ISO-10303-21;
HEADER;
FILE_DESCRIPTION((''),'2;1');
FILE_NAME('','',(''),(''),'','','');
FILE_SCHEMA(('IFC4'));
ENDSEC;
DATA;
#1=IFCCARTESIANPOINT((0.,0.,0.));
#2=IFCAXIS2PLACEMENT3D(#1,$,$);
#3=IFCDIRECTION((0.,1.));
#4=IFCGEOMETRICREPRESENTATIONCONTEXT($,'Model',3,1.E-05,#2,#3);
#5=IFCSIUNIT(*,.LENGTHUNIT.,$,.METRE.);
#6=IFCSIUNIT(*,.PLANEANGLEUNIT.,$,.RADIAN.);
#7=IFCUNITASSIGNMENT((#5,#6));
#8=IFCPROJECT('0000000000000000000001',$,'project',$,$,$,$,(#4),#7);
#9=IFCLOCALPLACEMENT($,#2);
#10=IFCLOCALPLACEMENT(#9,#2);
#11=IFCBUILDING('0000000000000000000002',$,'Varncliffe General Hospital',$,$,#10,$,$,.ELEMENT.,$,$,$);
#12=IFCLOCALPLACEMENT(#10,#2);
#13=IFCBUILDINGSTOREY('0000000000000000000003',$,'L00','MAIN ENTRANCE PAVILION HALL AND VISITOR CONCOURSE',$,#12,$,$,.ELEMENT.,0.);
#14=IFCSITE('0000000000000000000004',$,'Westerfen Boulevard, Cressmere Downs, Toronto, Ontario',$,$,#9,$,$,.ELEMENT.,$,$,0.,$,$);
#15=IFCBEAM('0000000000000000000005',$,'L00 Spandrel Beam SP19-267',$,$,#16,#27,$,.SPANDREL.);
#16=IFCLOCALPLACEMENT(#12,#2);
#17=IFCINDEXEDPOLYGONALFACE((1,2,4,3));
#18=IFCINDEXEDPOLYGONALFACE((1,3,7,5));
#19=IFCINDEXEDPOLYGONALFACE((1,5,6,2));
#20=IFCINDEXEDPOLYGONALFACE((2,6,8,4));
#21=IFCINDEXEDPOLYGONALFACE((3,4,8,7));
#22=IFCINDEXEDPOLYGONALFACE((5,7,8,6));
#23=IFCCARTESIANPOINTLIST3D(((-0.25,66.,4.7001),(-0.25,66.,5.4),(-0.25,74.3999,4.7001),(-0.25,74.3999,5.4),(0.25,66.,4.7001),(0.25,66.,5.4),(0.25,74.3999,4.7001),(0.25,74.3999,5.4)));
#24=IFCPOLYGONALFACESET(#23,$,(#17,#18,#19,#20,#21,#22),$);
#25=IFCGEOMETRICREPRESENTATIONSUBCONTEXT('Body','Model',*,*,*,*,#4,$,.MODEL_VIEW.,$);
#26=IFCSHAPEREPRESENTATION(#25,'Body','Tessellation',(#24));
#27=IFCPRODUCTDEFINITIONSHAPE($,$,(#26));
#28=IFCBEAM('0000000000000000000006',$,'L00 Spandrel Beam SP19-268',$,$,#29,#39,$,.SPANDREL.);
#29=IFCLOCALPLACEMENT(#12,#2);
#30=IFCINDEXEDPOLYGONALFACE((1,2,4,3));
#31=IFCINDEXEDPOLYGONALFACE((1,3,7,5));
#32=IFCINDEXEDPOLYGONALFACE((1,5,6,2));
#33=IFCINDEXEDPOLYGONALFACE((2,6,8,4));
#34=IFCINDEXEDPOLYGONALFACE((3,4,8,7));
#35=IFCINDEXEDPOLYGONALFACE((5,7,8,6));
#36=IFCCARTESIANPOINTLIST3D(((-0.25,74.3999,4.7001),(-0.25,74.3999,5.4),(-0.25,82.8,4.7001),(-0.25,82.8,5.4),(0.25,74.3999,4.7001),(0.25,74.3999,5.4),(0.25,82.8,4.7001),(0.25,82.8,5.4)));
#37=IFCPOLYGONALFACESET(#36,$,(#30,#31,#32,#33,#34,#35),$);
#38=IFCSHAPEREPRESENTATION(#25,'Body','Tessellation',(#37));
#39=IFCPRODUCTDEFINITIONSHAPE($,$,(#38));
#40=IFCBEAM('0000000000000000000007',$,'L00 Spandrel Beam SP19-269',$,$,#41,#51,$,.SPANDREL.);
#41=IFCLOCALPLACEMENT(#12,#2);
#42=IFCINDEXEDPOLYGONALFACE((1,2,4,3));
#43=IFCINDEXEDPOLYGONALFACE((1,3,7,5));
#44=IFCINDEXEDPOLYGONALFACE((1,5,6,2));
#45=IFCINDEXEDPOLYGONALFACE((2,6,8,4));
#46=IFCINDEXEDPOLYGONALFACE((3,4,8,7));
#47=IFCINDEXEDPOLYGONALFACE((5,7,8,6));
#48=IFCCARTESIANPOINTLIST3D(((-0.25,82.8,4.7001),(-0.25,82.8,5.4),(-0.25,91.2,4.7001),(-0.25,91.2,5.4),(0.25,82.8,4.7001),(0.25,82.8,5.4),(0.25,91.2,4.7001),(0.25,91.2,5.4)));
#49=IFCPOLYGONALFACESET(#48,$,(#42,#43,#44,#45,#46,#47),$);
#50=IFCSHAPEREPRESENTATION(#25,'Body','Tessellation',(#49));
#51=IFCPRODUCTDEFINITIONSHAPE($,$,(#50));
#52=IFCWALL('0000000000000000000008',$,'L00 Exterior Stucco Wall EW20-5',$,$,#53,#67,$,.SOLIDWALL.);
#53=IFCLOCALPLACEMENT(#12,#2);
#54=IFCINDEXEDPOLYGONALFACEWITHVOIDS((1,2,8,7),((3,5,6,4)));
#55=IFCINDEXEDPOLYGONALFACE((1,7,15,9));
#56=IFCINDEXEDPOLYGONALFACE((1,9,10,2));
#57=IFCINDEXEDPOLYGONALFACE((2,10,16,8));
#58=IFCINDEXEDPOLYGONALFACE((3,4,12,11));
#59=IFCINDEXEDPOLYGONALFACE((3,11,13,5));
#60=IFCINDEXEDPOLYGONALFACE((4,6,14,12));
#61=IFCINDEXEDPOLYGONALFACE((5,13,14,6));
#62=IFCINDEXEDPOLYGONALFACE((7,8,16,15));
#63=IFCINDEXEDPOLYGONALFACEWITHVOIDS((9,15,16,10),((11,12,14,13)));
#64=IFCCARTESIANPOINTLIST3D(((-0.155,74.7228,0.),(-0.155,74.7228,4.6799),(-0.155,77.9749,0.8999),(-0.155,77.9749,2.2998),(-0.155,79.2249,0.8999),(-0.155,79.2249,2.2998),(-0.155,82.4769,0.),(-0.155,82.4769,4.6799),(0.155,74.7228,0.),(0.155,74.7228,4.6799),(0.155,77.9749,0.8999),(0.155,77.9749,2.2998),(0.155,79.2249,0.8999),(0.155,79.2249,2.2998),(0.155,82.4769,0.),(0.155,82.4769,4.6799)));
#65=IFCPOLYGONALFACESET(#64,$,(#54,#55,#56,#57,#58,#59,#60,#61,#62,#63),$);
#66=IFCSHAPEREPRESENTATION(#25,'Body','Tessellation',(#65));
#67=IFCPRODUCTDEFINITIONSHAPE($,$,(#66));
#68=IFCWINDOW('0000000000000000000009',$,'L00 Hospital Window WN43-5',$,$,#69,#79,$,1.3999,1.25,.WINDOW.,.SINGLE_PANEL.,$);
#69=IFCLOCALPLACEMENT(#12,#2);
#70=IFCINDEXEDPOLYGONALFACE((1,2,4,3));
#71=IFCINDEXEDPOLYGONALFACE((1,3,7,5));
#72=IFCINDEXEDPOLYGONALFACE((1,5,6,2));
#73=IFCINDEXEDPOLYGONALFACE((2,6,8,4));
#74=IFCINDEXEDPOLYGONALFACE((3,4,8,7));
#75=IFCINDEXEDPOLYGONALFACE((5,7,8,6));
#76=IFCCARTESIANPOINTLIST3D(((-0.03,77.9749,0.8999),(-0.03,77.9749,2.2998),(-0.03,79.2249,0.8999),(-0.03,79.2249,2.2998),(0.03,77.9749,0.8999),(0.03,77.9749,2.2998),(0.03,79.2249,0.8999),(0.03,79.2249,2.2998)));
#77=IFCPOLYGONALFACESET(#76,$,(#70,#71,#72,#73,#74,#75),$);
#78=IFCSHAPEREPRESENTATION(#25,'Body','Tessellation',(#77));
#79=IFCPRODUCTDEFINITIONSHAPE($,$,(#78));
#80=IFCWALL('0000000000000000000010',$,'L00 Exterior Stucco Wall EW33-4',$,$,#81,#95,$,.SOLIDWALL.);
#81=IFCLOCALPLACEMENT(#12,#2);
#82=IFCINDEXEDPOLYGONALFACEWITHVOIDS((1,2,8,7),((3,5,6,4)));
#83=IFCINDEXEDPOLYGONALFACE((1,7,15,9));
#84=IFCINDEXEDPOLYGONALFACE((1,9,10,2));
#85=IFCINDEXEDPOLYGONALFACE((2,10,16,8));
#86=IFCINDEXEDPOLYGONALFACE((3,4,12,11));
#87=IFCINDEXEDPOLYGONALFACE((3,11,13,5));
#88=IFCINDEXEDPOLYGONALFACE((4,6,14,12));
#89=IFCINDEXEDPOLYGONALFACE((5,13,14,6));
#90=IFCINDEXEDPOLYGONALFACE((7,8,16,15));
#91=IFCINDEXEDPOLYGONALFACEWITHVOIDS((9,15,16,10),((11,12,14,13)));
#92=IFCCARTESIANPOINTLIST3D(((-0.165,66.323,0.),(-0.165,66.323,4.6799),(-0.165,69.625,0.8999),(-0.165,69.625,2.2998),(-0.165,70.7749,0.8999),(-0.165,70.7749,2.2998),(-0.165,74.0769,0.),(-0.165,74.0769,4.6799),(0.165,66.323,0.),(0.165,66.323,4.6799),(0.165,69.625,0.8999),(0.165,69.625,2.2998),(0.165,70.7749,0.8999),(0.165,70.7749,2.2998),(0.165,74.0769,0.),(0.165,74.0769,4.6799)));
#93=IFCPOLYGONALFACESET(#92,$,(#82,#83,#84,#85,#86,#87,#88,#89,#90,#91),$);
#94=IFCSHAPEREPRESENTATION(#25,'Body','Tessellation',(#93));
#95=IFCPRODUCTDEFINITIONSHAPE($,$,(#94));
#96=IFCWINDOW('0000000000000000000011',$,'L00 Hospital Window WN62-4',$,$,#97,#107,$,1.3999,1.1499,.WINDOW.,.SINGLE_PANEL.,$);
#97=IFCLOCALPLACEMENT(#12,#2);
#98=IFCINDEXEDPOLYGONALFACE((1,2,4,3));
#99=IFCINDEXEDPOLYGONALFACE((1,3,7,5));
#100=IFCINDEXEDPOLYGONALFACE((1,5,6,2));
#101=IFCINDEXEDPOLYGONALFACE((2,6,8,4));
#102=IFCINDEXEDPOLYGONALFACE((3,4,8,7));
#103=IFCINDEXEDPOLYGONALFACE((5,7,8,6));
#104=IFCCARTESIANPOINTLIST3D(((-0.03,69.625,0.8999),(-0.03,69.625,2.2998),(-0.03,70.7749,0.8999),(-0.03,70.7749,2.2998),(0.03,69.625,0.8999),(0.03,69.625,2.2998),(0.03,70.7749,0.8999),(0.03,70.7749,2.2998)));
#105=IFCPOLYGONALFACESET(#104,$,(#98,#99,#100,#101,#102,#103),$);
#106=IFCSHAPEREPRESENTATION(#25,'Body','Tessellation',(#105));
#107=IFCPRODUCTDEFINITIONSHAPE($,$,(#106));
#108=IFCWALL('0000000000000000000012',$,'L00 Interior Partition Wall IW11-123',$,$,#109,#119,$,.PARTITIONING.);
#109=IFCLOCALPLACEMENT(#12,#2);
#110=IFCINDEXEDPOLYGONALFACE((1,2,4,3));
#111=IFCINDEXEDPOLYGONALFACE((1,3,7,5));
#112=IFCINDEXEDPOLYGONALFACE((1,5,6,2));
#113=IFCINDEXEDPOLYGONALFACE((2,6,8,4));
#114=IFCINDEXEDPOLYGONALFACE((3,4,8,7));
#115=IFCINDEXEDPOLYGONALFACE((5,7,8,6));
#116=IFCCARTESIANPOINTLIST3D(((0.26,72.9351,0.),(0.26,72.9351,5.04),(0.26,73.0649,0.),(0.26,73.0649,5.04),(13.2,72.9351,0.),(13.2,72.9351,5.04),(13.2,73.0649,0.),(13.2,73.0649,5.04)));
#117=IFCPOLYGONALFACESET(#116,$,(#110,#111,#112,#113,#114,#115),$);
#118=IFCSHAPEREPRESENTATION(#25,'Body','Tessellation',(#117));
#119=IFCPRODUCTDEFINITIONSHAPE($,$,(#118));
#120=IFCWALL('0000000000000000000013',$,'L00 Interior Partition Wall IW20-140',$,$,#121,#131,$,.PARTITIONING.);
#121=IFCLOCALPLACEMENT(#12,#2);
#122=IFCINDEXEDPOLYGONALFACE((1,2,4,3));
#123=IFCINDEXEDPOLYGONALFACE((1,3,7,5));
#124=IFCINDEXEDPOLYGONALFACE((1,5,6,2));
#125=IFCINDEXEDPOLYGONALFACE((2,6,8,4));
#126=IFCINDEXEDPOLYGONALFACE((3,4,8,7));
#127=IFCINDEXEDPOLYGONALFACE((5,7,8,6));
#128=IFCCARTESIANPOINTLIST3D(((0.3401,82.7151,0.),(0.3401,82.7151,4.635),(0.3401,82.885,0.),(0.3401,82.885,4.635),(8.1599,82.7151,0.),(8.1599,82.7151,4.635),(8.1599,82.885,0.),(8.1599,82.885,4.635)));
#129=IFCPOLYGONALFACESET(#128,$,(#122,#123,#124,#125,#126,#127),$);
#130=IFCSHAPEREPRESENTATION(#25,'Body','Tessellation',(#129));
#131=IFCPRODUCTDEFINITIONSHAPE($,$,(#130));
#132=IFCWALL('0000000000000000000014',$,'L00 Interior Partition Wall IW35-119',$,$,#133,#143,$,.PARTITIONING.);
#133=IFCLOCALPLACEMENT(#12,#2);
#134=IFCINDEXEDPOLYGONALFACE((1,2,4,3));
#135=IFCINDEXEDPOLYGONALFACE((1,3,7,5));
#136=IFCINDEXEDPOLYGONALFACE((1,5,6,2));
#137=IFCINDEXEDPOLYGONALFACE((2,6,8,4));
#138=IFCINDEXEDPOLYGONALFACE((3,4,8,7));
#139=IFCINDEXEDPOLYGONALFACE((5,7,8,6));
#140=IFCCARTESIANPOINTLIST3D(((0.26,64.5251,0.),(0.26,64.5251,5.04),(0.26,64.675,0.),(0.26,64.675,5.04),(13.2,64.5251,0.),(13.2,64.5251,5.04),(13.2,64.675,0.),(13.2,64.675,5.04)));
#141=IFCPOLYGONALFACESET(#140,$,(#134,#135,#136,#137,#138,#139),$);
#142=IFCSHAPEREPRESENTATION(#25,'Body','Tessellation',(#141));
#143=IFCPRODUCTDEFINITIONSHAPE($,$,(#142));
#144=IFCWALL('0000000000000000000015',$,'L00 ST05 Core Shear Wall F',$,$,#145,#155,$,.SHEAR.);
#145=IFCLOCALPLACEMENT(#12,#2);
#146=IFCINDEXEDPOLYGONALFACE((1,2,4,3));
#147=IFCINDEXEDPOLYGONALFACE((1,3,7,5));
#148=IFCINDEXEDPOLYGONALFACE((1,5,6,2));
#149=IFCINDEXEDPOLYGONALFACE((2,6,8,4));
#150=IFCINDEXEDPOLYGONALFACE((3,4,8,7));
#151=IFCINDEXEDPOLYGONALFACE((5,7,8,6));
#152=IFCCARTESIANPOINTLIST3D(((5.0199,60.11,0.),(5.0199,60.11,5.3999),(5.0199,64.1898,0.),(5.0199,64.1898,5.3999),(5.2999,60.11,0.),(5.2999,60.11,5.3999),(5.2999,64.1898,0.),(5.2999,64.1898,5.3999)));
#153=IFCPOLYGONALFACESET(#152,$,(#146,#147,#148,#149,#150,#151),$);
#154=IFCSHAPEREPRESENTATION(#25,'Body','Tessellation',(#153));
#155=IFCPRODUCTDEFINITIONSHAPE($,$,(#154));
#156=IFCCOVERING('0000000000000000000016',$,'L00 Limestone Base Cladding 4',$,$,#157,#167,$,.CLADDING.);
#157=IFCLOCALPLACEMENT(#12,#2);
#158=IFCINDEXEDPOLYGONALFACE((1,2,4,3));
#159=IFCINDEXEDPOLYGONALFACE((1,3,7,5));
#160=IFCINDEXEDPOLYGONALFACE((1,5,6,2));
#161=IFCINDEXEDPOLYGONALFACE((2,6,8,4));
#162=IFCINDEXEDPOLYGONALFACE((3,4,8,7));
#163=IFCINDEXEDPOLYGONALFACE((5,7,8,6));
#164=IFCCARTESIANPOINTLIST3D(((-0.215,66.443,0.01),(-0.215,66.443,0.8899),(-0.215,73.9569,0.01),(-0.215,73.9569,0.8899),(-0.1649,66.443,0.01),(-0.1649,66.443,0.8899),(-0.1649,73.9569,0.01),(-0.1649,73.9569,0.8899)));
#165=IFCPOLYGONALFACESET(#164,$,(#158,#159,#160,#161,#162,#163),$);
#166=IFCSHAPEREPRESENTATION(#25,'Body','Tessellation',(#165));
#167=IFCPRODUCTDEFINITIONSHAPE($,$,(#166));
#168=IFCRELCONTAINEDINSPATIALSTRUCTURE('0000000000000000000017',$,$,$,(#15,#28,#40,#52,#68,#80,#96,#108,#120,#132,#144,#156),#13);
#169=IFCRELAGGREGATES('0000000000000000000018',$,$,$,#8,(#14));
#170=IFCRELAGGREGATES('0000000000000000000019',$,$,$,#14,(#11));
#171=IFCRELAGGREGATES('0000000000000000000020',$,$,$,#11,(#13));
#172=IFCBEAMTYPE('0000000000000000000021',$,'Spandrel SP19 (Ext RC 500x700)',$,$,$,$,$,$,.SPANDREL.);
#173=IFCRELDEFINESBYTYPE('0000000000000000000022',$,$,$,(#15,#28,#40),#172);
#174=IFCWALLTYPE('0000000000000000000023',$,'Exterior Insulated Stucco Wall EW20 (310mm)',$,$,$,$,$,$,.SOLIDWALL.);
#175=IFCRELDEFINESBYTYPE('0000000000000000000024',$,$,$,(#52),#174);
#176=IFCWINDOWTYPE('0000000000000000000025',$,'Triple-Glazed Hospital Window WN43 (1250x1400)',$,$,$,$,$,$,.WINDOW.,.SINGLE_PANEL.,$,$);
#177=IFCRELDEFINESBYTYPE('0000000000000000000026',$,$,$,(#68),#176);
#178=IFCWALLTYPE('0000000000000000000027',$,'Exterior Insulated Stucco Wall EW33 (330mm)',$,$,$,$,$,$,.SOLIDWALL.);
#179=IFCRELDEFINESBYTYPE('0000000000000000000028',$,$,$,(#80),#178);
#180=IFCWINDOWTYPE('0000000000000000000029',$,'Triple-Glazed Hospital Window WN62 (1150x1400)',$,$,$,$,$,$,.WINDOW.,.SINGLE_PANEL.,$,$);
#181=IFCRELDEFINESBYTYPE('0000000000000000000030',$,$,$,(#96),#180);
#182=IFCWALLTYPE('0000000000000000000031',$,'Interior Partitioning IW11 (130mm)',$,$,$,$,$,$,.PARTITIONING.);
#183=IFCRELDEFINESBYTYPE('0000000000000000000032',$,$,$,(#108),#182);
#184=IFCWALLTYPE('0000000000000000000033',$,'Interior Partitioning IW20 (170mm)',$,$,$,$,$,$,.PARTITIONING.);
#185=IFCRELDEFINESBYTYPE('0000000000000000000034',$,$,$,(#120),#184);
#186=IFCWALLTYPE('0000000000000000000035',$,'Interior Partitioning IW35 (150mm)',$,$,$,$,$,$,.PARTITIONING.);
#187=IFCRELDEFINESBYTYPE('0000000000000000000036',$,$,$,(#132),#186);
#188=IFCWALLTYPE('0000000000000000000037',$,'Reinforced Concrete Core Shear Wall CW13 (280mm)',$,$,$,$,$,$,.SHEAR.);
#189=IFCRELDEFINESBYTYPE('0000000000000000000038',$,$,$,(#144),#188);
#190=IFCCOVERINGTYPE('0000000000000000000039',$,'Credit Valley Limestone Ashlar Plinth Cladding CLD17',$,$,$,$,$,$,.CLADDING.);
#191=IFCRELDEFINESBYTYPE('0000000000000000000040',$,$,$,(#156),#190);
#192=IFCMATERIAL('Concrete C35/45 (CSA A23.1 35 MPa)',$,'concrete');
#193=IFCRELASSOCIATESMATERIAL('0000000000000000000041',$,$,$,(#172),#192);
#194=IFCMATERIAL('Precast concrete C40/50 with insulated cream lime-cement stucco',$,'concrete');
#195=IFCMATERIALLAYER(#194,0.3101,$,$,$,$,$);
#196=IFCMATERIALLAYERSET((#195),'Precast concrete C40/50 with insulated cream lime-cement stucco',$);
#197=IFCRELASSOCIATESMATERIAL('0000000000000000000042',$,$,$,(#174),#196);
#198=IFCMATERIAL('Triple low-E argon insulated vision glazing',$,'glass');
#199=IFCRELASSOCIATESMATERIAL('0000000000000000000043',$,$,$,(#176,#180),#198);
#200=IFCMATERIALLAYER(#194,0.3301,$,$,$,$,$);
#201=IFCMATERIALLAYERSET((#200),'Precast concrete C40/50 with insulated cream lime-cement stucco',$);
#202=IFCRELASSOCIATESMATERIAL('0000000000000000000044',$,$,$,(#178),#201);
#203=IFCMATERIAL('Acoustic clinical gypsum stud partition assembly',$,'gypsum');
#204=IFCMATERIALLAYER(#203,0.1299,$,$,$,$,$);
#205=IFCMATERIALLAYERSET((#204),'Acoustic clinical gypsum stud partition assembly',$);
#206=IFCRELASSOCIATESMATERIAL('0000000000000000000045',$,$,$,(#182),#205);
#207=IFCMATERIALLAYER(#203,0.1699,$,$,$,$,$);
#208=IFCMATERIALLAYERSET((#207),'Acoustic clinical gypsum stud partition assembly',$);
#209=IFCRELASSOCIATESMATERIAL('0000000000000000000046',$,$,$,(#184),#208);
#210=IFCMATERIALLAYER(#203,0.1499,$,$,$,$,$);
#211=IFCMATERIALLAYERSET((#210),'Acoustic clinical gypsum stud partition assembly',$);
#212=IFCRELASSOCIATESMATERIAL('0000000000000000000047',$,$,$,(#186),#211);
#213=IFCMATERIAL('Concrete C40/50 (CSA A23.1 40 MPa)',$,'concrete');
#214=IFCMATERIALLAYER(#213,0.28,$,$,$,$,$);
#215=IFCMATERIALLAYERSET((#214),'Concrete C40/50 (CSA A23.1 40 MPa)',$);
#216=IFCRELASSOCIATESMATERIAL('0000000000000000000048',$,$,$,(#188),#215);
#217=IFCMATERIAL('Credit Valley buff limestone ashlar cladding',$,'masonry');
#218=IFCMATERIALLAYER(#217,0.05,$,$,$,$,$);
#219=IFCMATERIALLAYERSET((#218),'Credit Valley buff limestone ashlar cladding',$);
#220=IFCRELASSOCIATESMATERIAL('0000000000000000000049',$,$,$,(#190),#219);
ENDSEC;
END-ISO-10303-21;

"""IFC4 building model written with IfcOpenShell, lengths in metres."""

from ifc_helpers import new_model, si_unit, direction, frame, frame_2d, origin, origin_2d, place, context, subcontext, project, spatial, rectangle, extrude, material, layer, layer_set, material_profile, profile_set, type_object, element, fill, save


model = new_model("IFC4")

# Units and contexts
model_context = context("Model", 3, precision=1e-05, world=origin(), true_north=direction((0.0, 1.0)))
body_context = subcontext(model_context, "Body", "Model", "MODEL_VIEW")
ifc_project = project(units=[si_unit("LENGTHUNIT", "METRE"), si_unit("PLANEANGLEUNIT", "RADIAN")], contexts=[model_context])

# Site, building, storey
site_placement = place(None, origin())
site = spatial("IfcSite", under=ifc_project, at=site_placement, Name="Westerfen Boulevard, Cressmere Downs, Toronto, Ontario", CompositionType="ELEMENT", RefElevation=0.0)
building_placement = place(site_placement, origin())
building = spatial("IfcBuilding", under=site, at=building_placement, Name="Varncliffe General Hospital", CompositionType="ELEMENT")
storey_placement = place(building_placement, origin())
storey = spatial("IfcBuildingStorey", under=building, at=storey_placement, Name="L00", Description="MAIN ENTRANCE PAVILION HALL AND VISITOR CONCOURSE", CompositionType="ELEMENT", Elevation=0.0)

# Shared definitions
ifc_material_1 = material(Name="Concrete C40/50 (CSA A23.1 40 MPa)", Category="concrete")

# Beams
ifc_material_2 = material(Name="Concrete C35/45 (CSA A23.1 35 MPa)", Category="concrete")
ifc_material_profile_1 = material_profile(ifc_material_2, rectangle(XDim=0.5, YDim=0.7, at=origin_2d()), Name="RC 500x700")
ifc_profile_set_1 = profile_set([ifc_material_profile_1], Name="Concrete C35/45 (CSA A23.1 35 MPa)")
beam_type_1 = type_object("IfcBeamType", Name="Spandrel SP19 (Ext RC 500x700)", PredefinedType="SPANDREL", material=ifc_profile_set_1)
beam_1_placement = place(storey_placement, frame((0.0, 66.0, 5.05), z_axis=(0.0, 1.0, 0.0), x_axis=(-1.0, 0.0, 0.0)))
element("IfcBeam", 1, at=beam_1_placement, inside=storey, type_object=beam_type_1, Name="L00 Spandrel Beam SP19-267", PredefinedType="SPANDREL", context=body_context, shape_type="SweptSolid", body=[
    extrude(rectangle(XDim=0.5, YDim=0.7, at=origin_2d()), origin(), (0.0, 0.0, 1.0), 8.3999),
])
beam_2_placement = place(storey_placement, frame((0.0, 74.3999, 5.05), z_axis=(0.0, 1.0, 0.0), x_axis=(-1.0, 0.0, 0.0)))
element("IfcBeam", 2, at=beam_2_placement, inside=storey, type_object=beam_type_1, Name="L00 Spandrel Beam SP19-268", PredefinedType="SPANDREL", context=body_context, shape_type="SweptSolid", body=[
    extrude(rectangle(XDim=0.5, YDim=0.7, at=origin_2d()), origin(), (0.0, 0.0, 1.0), 8.4001),
])
beam_3_placement = place(storey_placement, frame((0.0, 82.8, 5.05), z_axis=(0.0, 1.0, 0.0), x_axis=(-1.0, 0.0, 0.0)))
element("IfcBeam", 3, at=beam_3_placement, inside=storey, type_object=beam_type_1, Name="L00 Spandrel Beam SP19-269", PredefinedType="SPANDREL", context=body_context, shape_type="SweptSolid", body=[
    extrude(rectangle(XDim=0.5, YDim=0.7, at=origin_2d()), origin(), (0.0, 0.0, 1.0), 8.3999),
])

# Walls, openings, windows
ifc_material_3 = material(Name="Precast concrete C40/50 with insulated cream lime-cement stucco", Category="concrete")
ifc_layer_1 = layer(ifc_material_3, 0.3101)
ifc_layer_set_1 = layer_set([ifc_layer_1], Name="Precast concrete C40/50 with insulated cream lime-cement stucco")
wall_type_1 = type_object("IfcWallType", Name="Exterior Insulated Stucco Wall EW20 (310mm)", PredefinedType="SOLIDWALL", material=ifc_layer_set_1)
wall_1_placement = place(storey_placement, frame((0.0, 74.7229, 0.0), z_axis=(0.0, 0.0, 1.0), x_axis=(0.0, 1.0, 0.0)))
wall_1 = element("IfcWall", 4, at=wall_1_placement, inside=storey, type_object=wall_type_1, Name="L00 Exterior Stucco Wall EW20-5", PredefinedType="SOLIDWALL", context=body_context, shape_type="SweptSolid", body=[
    extrude(rectangle(XDim=7.7542, YDim=0.3101, at=frame_2d((3.877, 0.0))), origin(), (0.0, 0.0, 1.0), 4.6799),
])
opening_1_placement = place(wall_1_placement, frame((3.252, 0.0, 0.8999)))
opening_1 = element("IfcOpeningElement", 5, at=opening_1_placement, cuts=wall_1, PredefinedType="OPENING", context=body_context, shape_type="SweptSolid", body=[
    extrude(rectangle(XDim=1.25, YDim=1.3999, at=frame_2d((0.625, 0.7))), frame((0.0, 0.165, 0.0), z_axis=(0.0, -1.0, 0.0), x_axis=(1.0, 0.0, 0.0)), (0.0, 0.0, 1.0), 0.3301),
])
ifc_material_4 = material(Name="Triple low-E argon insulated vision glazing", Category="glass")
window_type_1 = type_object("IfcWindowType", Name="Triple-Glazed Hospital Window WN43 (1250x1400)", PartitioningType="SINGLE_PANEL", PredefinedType="WINDOW", material=ifc_material_4)
window_1_placement = place(opening_1_placement, origin())
window_1 = element("IfcWindow", 6, at=window_1_placement, inside=storey, type_object=window_type_1, Name="L00 Hospital Window WN43-5", OverallHeight=1.3999, OverallWidth=1.25, PartitioningType="SINGLE_PANEL", PredefinedType="WINDOW", context=body_context, shape_type="SweptSolid", body=[
    extrude(rectangle(XDim=1.25, YDim=1.3999, at=frame_2d((0.625, 0.7))), frame((0.0, 0.03, 0.0), z_axis=(0.0, -1.0, 0.0), x_axis=(1.0, 0.0, 0.0)), (0.0, 0.0, 1.0), 0.0601),
])
fill(opening_1, window_1)
ifc_layer_2 = layer(ifc_material_3, 0.3301)
ifc_layer_set_2 = layer_set([ifc_layer_2], Name="Precast concrete C40/50 with insulated cream lime-cement stucco")
wall_type_2 = type_object("IfcWallType", Name="Exterior Insulated Stucco Wall EW33 (330mm)", PredefinedType="SOLIDWALL", material=ifc_layer_set_2)
wall_2_placement = place(storey_placement, frame((0.0, 66.323, 0.0), z_axis=(0.0, 0.0, 1.0), x_axis=(0.0, 1.0, 0.0)))
wall_2 = element("IfcWall", 7, at=wall_2_placement, inside=storey, type_object=wall_type_2, Name="L00 Exterior Stucco Wall EW33-4", PredefinedType="SOLIDWALL", context=body_context, shape_type="SweptSolid", body=[
    extrude(rectangle(XDim=7.7539, YDim=0.3301, at=frame_2d((3.877, 0.0))), origin(), (0.0, 0.0, 1.0), 4.6799),
])
opening_2_placement = place(wall_2_placement, frame((3.302, 0.0, 0.8999)))
opening_2 = element("IfcOpeningElement", 8, at=opening_2_placement, cuts=wall_2, PredefinedType="OPENING", context=body_context, shape_type="SweptSolid", body=[
    extrude(rectangle(XDim=1.1499, YDim=1.3999, at=frame_2d((0.575, 0.7))), frame((0.0, 0.175, 0.0), z_axis=(0.0, -1.0, 0.0), x_axis=(1.0, 0.0, 0.0)), (0.0, 0.0, 1.0), 0.3501),
])
window_type_2 = type_object("IfcWindowType", Name="Triple-Glazed Hospital Window WN62 (1150x1400)", PartitioningType="SINGLE_PANEL", PredefinedType="WINDOW", material=ifc_material_4)
window_2_placement = place(opening_2_placement, origin())
window_2 = element("IfcWindow", 9, at=window_2_placement, inside=storey, type_object=window_type_2, Name="L00 Hospital Window WN62-4", OverallHeight=1.3999, OverallWidth=1.1499, PartitioningType="SINGLE_PANEL", PredefinedType="WINDOW", context=body_context, shape_type="SweptSolid", body=[
    extrude(rectangle(XDim=1.1499, YDim=1.3999, at=frame_2d((0.575, 0.7))), frame((0.0, 0.03, 0.0), z_axis=(0.0, -1.0, 0.0), x_axis=(1.0, 0.0, 0.0)), (0.0, 0.0, 1.0), 0.0601),
])
fill(opening_2, window_2)

# Walls
ifc_material_5 = material(Name="Acoustic clinical gypsum stud partition assembly", Category="gypsum")
ifc_layer_3 = layer(ifc_material_5, 0.1299)
ifc_layer_set_3 = layer_set([ifc_layer_3], Name="Acoustic clinical gypsum stud partition assembly")
wall_type_3 = type_object("IfcWallType", Name="Interior Partitioning IW11 (130mm)", PredefinedType="PARTITIONING", material=ifc_layer_set_3)
wall_3_placement = place(storey_placement, frame((0.26, 73.0, 0.0), z_axis=(0.0, 0.0, 1.0), x_axis=(1.0, 0.0, 0.0)))
element("IfcWall", 10, at=wall_3_placement, inside=storey, type_object=wall_type_3, Name="L00 Interior Partition Wall IW11-123", PredefinedType="PARTITIONING", context=body_context, shape_type="SweptSolid", body=[
    extrude(rectangle(XDim=12.9399, YDim=0.1299, at=frame_2d((6.47, 0.0))), origin(), (0.0, 0.0, 1.0), 5.04),
])
ifc_layer_4 = layer(ifc_material_5, 0.1699)
ifc_layer_set_4 = layer_set([ifc_layer_4], Name="Acoustic clinical gypsum stud partition assembly")
wall_type_4 = type_object("IfcWallType", Name="Interior Partitioning IW20 (170mm)", PredefinedType="PARTITIONING", material=ifc_layer_set_4)
wall_4_placement = place(storey_placement, frame((0.3401, 82.8, 0.0), z_axis=(0.0, 0.0, 1.0), x_axis=(1.0, 0.0, 0.0)))
element("IfcWall", 11, at=wall_4_placement, inside=storey, type_object=wall_type_4, Name="L00 Interior Partition Wall IW20-140", PredefinedType="PARTITIONING", context=body_context, shape_type="SweptSolid", body=[
    extrude(rectangle(XDim=7.8198, YDim=0.1699, at=frame_2d((3.9099, 0.0))), origin(), (0.0, 0.0, 1.0), 4.635),
])
ifc_layer_5 = layer(ifc_material_5, 0.1499)
ifc_layer_set_5 = layer_set([ifc_layer_5], Name="Acoustic clinical gypsum stud partition assembly")
wall_type_5 = type_object("IfcWallType", Name="Interior Partitioning IW35 (150mm)", PredefinedType="PARTITIONING", material=ifc_layer_set_5)
wall_5_placement = place(storey_placement, frame((0.26, 64.6001, 0.0), z_axis=(0.0, 0.0, 1.0), x_axis=(1.0, 0.0, 0.0)))
element("IfcWall", 12, at=wall_5_placement, inside=storey, type_object=wall_type_5, Name="L00 Interior Partition Wall IW35-119", PredefinedType="PARTITIONING", context=body_context, shape_type="SweptSolid", body=[
    extrude(rectangle(XDim=12.9399, YDim=0.1499, at=frame_2d((6.47, 0.0))), origin(), (0.0, 0.0, 1.0), 5.04),
])
ifc_layer_6 = layer(ifc_material_1, 0.28)
ifc_layer_set_6 = layer_set([ifc_layer_6], Name="Concrete C40/50 (CSA A23.1 40 MPa)")
wall_type_6 = type_object("IfcWallType", Name="Reinforced Concrete Core Shear Wall CW13 (280mm)", PredefinedType="SHEAR", material=ifc_layer_set_6)
wall_6_placement = place(storey_placement, frame((5.1599, 64.1899, 0.0), z_axis=(0.0, 0.0, 1.0), x_axis=(0.0, -1.0, 0.0)))
element("IfcWall", 13, at=wall_6_placement, inside=storey, type_object=wall_type_6, Name="L00 ST05 Core Shear Wall F", PredefinedType="SHEAR", context=body_context, shape_type="SweptSolid", body=[
    extrude(rectangle(XDim=4.0798, YDim=0.28, at=frame_2d((2.04, 0.0))), origin(), (0.0, 0.0, 1.0), 5.3999),
])

# Covering
ifc_material_6 = material(Name="Credit Valley buff limestone ashlar cladding", Category="masonry")
ifc_layer_7 = layer(ifc_material_6, 0.05)
ifc_layer_set_7 = layer_set([ifc_layer_7], Name="Credit Valley buff limestone ashlar cladding")
covering_type = type_object("IfcCoveringType", Name="Credit Valley Limestone Ashlar Plinth Cladding CLD17", PredefinedType="CLADDING", material=ifc_layer_set_7)
for number, where, z_axis, x_axis, name in (
    (14, (-0.1899, 70.2, 0.01), (0.0, 0.0, 1.0), (0.0, 1.0, 0.0), "L00 Limestone Base Cladding 4"),
):
    element("IfcCovering", number, at=place(storey_placement, frame(where, z_axis=z_axis, x_axis=x_axis)), inside=storey, type_object=covering_type, Name=name, PredefinedType="CLADDING", context=body_context, shape_type="SweptSolid", body=[
        extrude(rectangle(XDim=7.5139, YDim=0.05, at=origin_2d()), origin(), (0.0, 0.0, 1.0), 0.8799),
    ])

save(model, "model.ifc")
